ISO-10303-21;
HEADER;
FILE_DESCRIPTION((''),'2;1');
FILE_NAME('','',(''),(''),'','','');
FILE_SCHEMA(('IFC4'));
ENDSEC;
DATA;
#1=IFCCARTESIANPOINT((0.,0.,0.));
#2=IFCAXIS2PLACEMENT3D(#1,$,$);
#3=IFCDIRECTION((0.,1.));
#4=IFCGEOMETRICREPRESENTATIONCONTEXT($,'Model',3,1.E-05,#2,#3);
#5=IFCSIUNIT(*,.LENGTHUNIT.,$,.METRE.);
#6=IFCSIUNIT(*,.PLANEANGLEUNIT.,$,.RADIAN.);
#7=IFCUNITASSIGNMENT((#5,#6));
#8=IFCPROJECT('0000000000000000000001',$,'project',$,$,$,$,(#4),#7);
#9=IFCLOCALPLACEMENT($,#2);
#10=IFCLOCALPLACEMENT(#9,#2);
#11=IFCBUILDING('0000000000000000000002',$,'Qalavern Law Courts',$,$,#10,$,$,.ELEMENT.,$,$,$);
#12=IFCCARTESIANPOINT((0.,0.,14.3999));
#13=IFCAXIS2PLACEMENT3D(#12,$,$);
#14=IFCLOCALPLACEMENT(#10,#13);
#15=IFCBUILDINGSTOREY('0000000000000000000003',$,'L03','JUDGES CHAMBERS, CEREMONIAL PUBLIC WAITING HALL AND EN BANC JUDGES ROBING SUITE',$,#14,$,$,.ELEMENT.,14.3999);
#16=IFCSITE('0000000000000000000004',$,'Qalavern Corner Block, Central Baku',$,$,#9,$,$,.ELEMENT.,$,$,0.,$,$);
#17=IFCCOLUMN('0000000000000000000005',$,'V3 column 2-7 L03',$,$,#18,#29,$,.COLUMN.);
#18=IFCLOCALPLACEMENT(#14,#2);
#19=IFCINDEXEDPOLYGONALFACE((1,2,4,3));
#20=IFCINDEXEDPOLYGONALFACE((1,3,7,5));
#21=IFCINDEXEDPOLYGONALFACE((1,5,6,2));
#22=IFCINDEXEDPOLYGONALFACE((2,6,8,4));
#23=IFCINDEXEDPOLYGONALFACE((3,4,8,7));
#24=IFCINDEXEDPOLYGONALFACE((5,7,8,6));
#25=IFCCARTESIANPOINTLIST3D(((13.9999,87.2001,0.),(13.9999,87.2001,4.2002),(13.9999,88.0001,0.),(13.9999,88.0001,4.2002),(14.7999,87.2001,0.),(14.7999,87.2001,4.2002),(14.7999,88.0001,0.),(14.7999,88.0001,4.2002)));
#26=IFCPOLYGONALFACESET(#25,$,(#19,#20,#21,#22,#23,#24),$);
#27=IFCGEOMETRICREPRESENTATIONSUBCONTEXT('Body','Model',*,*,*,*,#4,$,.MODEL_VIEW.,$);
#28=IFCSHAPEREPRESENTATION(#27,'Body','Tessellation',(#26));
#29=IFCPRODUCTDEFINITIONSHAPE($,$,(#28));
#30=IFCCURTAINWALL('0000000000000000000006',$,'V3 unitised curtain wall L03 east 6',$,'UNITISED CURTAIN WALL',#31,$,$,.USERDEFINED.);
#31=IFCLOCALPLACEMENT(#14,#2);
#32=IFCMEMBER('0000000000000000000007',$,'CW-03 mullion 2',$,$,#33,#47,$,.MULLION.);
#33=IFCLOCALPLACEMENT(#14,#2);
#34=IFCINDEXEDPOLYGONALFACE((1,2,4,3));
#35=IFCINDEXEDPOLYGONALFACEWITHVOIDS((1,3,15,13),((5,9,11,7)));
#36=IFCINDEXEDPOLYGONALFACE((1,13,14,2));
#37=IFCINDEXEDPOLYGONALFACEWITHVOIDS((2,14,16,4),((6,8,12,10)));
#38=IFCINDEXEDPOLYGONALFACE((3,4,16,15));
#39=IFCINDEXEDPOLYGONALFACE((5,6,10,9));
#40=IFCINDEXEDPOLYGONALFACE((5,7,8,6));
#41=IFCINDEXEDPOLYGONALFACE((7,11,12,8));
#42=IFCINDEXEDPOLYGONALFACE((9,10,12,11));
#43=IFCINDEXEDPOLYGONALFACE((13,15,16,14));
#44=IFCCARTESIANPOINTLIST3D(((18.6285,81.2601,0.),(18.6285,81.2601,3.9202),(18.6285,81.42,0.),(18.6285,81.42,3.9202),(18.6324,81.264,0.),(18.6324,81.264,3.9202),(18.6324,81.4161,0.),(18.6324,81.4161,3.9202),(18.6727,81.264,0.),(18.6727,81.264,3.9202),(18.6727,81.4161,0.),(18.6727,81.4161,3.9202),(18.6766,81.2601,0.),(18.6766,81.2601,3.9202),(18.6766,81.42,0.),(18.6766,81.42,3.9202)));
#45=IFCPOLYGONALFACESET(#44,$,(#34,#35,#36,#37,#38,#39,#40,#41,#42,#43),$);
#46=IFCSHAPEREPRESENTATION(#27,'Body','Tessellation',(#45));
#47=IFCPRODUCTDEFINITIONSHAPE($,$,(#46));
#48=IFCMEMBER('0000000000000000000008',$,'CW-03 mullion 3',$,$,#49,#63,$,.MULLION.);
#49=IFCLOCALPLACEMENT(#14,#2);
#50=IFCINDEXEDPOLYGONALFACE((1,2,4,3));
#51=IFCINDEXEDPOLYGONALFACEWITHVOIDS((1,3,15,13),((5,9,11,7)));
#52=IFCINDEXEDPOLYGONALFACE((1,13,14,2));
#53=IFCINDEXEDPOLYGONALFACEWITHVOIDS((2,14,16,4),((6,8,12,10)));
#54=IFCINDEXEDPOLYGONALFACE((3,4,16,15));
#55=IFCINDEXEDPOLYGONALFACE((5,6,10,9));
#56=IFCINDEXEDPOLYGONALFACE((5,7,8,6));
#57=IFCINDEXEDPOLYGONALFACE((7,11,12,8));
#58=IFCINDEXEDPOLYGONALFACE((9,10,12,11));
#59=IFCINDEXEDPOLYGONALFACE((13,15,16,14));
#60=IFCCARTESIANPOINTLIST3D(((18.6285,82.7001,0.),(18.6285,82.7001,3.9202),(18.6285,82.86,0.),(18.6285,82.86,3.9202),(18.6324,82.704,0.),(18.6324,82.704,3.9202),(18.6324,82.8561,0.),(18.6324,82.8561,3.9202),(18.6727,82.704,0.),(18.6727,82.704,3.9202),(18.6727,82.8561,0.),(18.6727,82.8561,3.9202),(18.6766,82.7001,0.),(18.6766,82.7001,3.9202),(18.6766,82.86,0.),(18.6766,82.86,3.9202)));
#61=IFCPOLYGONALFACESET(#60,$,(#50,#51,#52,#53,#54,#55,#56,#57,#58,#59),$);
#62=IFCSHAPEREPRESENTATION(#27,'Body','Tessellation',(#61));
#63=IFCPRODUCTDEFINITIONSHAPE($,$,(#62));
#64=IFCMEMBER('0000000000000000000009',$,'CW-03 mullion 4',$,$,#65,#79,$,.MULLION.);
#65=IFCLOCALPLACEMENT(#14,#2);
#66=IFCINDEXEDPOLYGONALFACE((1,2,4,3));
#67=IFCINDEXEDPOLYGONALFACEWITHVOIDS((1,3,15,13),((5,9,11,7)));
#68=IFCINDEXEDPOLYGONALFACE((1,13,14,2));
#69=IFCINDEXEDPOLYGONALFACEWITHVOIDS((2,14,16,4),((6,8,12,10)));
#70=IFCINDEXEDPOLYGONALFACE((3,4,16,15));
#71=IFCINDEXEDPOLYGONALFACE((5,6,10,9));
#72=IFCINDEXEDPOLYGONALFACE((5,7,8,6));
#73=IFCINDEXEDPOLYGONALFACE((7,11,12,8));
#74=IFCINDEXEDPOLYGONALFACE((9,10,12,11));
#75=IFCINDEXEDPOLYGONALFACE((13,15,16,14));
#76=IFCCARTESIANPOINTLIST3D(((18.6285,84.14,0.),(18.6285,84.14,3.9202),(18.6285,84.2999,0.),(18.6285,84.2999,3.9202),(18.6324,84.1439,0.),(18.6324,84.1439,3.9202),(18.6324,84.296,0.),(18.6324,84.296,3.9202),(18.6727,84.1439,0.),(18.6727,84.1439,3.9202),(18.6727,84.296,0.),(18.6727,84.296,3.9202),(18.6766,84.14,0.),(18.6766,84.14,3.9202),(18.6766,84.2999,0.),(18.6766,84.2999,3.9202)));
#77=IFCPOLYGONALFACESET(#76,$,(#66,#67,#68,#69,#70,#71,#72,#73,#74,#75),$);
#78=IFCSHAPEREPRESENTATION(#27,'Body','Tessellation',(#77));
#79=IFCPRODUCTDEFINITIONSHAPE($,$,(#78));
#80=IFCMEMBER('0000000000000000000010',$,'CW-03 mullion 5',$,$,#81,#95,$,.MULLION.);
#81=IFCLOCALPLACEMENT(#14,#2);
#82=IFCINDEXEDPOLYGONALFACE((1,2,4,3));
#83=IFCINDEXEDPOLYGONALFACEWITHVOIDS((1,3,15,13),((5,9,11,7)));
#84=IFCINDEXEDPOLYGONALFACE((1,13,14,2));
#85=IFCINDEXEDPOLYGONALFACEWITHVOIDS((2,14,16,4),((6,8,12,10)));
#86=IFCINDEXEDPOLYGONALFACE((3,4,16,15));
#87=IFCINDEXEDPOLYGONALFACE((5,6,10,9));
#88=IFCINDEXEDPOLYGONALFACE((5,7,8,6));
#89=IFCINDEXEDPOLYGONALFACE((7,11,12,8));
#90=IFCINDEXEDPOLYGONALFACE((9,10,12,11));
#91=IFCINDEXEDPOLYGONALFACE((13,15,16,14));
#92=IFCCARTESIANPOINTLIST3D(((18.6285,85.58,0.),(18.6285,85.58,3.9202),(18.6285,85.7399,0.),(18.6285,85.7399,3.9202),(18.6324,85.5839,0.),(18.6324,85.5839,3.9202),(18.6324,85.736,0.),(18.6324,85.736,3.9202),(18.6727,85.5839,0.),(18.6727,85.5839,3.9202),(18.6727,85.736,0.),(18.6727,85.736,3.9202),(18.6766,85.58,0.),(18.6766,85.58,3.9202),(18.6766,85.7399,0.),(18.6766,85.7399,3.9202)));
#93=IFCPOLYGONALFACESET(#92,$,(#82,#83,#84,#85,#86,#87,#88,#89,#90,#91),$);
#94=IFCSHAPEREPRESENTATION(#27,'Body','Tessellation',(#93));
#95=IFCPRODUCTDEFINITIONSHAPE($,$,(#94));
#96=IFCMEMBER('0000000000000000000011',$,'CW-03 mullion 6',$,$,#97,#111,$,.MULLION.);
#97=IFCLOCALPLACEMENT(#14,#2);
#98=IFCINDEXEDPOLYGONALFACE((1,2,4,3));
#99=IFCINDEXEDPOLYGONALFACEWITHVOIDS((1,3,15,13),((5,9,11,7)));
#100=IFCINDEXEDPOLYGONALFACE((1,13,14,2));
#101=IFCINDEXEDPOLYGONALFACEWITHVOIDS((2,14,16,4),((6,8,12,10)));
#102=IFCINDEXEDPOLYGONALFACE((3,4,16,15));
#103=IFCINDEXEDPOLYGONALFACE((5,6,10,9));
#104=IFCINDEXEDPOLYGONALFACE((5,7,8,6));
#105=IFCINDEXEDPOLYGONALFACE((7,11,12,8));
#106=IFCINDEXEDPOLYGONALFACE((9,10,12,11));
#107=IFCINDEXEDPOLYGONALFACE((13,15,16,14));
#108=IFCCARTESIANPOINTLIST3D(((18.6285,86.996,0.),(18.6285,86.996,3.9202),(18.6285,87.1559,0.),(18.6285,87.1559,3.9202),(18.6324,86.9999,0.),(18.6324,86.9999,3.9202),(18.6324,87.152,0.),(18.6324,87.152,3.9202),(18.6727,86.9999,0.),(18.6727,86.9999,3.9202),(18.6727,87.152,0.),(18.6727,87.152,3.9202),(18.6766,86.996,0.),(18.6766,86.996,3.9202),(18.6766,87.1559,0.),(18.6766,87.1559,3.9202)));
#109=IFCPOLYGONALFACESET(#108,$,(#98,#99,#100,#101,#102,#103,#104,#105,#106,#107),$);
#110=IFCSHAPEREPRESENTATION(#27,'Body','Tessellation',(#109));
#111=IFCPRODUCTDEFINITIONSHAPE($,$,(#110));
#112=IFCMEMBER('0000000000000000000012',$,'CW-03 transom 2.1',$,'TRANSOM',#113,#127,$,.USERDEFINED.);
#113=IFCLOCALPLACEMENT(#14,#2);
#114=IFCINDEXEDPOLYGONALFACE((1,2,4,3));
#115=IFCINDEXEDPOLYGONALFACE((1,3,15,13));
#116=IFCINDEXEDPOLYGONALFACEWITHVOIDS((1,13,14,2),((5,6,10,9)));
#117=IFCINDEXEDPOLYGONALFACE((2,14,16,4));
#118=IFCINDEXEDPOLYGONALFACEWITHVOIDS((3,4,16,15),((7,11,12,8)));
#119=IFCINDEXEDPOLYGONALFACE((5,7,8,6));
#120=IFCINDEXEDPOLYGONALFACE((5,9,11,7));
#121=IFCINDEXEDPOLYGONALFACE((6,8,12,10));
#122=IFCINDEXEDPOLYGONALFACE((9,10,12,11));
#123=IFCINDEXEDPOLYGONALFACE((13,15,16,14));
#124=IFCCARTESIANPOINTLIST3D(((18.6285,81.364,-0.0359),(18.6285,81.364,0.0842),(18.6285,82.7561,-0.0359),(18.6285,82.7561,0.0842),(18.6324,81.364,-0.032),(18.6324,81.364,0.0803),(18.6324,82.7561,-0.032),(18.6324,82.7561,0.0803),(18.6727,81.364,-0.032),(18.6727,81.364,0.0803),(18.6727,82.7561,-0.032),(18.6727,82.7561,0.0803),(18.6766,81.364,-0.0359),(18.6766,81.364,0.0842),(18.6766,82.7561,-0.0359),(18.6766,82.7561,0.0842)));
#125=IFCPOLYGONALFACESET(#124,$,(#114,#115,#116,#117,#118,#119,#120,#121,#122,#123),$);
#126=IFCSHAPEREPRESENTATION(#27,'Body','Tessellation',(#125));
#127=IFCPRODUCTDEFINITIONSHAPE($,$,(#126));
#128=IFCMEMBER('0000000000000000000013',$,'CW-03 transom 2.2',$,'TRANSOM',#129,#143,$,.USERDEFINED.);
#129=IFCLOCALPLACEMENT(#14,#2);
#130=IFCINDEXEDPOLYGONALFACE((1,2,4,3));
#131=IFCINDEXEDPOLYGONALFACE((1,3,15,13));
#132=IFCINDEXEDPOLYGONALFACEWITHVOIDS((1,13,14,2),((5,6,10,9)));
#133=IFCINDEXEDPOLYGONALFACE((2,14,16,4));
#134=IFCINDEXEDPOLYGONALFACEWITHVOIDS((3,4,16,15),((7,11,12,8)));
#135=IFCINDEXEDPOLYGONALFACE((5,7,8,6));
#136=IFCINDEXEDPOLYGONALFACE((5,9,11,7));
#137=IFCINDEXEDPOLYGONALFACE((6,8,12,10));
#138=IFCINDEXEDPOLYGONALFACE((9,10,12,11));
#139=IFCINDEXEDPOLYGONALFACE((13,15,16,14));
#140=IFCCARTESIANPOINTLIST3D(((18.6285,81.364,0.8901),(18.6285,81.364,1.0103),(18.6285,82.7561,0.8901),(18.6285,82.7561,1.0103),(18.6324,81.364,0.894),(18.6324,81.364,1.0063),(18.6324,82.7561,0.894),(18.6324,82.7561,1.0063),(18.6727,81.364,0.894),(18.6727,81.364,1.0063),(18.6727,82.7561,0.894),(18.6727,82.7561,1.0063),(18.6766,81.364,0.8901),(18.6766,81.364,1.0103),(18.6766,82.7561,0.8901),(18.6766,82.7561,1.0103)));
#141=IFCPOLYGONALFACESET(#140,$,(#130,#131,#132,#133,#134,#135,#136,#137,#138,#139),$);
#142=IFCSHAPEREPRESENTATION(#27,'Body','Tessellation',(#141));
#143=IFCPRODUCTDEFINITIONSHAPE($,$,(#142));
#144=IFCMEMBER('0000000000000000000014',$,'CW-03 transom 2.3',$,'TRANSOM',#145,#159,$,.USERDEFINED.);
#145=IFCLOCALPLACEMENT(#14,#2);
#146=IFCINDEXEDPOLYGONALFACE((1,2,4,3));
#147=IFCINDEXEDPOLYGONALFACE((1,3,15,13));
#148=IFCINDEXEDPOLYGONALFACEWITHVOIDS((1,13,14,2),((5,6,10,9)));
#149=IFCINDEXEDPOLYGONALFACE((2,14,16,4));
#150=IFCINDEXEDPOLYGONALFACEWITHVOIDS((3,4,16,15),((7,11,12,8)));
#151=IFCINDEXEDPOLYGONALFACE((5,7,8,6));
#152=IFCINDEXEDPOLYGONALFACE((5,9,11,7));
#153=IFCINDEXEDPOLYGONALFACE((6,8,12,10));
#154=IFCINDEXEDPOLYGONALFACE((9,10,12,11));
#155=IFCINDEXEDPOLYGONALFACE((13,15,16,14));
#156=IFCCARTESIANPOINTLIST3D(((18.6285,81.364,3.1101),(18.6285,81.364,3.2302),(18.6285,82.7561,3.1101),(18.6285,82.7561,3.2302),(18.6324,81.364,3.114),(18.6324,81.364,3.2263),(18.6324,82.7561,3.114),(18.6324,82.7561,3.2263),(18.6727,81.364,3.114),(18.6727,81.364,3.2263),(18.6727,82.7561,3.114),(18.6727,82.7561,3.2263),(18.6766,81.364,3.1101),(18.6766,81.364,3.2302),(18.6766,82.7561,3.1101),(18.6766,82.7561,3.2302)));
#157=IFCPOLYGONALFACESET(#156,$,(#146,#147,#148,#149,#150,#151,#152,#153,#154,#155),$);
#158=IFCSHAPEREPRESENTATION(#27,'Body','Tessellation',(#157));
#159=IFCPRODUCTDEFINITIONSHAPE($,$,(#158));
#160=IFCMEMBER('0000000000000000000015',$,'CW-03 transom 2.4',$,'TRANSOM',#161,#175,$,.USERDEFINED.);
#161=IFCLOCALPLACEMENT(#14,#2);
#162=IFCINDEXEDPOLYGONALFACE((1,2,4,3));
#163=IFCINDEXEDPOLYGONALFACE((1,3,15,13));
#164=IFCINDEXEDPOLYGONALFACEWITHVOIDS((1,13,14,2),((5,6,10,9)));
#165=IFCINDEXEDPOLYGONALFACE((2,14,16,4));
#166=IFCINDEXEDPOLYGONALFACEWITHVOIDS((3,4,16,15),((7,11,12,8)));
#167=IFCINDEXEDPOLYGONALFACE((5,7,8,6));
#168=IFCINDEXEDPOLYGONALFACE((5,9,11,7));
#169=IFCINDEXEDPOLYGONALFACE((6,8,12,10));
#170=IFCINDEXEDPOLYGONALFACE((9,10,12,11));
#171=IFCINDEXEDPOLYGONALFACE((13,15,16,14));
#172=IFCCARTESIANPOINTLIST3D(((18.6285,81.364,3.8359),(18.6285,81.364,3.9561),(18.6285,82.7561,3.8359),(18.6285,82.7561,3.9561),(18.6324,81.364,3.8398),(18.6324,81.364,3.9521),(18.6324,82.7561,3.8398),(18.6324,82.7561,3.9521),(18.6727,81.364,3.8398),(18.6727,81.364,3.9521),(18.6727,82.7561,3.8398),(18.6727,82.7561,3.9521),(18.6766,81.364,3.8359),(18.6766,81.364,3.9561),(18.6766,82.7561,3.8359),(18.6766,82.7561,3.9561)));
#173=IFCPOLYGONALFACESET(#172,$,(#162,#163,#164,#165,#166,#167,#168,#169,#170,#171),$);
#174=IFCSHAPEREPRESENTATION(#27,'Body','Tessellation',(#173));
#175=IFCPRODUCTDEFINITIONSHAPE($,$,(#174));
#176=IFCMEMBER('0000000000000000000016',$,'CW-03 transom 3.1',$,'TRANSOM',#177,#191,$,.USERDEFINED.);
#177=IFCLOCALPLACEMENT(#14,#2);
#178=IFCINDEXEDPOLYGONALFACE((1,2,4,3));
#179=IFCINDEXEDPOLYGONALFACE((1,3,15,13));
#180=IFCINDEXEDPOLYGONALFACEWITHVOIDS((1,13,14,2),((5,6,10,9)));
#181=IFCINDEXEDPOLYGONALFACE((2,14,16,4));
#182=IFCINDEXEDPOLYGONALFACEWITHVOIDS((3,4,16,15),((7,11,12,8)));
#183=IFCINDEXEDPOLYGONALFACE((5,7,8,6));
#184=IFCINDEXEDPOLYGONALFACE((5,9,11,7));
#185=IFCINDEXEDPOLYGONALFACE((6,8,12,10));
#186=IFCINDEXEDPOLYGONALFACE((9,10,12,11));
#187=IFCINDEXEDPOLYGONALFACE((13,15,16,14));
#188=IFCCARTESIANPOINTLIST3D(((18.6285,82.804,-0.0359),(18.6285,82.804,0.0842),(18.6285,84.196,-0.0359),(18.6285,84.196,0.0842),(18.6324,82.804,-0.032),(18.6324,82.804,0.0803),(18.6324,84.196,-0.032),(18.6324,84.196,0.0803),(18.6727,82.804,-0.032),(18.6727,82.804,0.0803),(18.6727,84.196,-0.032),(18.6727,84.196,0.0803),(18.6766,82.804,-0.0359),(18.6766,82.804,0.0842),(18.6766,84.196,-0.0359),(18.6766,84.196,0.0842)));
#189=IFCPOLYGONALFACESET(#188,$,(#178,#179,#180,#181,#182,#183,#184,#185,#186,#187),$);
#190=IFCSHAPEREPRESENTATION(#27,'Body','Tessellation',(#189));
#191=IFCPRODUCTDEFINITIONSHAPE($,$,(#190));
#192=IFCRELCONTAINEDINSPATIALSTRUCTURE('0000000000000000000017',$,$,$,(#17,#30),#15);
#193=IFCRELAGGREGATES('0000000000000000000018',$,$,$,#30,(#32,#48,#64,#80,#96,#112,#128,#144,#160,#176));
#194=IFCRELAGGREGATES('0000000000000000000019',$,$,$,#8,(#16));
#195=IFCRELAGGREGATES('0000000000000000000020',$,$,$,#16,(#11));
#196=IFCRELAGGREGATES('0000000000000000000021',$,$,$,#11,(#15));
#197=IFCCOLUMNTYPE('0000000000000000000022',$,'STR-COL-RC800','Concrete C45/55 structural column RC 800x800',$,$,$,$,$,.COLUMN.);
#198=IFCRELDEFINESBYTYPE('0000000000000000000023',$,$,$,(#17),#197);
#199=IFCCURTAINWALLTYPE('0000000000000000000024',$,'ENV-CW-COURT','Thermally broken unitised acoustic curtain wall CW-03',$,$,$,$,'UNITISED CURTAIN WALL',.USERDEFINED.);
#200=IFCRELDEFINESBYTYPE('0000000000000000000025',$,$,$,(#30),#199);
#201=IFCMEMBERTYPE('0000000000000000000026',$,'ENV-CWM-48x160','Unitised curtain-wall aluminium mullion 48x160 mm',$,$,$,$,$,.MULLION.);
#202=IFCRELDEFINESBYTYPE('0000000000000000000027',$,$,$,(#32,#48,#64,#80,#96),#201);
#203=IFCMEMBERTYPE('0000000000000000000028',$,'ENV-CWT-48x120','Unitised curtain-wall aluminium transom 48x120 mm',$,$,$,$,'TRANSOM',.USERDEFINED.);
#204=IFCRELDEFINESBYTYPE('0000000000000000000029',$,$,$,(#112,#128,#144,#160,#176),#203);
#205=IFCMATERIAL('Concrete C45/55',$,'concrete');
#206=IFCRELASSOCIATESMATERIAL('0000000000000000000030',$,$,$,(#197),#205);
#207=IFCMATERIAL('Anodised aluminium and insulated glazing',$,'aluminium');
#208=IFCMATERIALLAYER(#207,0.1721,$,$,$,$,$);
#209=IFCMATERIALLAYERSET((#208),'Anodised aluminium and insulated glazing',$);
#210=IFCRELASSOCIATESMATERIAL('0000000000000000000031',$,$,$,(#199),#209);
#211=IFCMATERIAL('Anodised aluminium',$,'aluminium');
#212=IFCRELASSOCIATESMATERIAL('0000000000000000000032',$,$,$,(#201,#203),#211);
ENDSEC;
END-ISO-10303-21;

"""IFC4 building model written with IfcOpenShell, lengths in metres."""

from ifc_helpers import new_model, si_unit, direction, frame, origin, origin_2d, place, context, subcontext, project, spatial, rectangle, hollow_rectangle, extrude, material, layer, layer_set, material_profile, profile_set, type_object, element, aggregate, save


model = new_model("IFC4")

# Units and contexts
model_context = context("Model", 3, precision=1e-05, world=origin(), true_north=direction((0.0, 1.0)))
body_context = subcontext(model_context, "Body", "Model", "MODEL_VIEW")
ifc_project = project(units=[si_unit("LENGTHUNIT", "METRE"), si_unit("PLANEANGLEUNIT", "RADIAN")], contexts=[model_context])

# Site, building, storey
site_placement = place(None, origin())
site = spatial("IfcSite", under=ifc_project, at=site_placement, Name="Qalavern Corner Block, Central Baku", CompositionType="ELEMENT", RefElevation=0.0)
building_placement = place(site_placement, origin())
building = spatial("IfcBuilding", under=site, at=building_placement, Name="Qalavern Law Courts", CompositionType="ELEMENT")
storey_placement = place(building_placement, frame((0.0, 0.0, 14.3999)))
storey = spatial("IfcBuildingStorey", under=building, at=storey_placement, Name="L03", Description="JUDGES CHAMBERS, CEREMONIAL PUBLIC WAITING HALL AND EN BANC JUDGES ROBING SUITE", CompositionType="ELEMENT", Elevation=14.3999)

# Column
ifc_material_1 = material(Name="Concrete C45/55", Category="concrete")
ifc_material_profile_1 = material_profile(ifc_material_1, rectangle(XDim=0.8, YDim=0.8, at=origin_2d()), Name="RC 800x800")
ifc_profile_set_1 = profile_set([ifc_material_profile_1], Name="Concrete C45/55")
column_type = type_object("IfcColumnType", Name="STR-COL-RC800", Description="Concrete C45/55 structural column RC 800x800", PredefinedType="COLUMN", material=ifc_profile_set_1)
column_placement = place(storey_placement, frame((14.3999, 87.6001, 0.0), z_axis=(0.0, 0.0, 1.0), x_axis=(1.0, 0.0, 0.0)))
element("IfcColumn", 1, at=column_placement, inside=storey, type_object=column_type, Name="V3 column 2-7 L03", PredefinedType="COLUMN", context=body_context, shape_type="SweptSolid", body=[
    extrude(rectangle(XDim=0.8, YDim=0.8, at=origin_2d()), origin(), (0.0, 0.0, 1.0), 4.2002),
])

# Curtain wall, members
ifc_material_2 = material(Name="Anodised aluminium and insulated glazing", Category="aluminium")
ifc_layer_1 = layer(ifc_material_2, 0.1721)
ifc_layer_set_1 = layer_set([ifc_layer_1], Name="Anodised aluminium and insulated glazing")
curtain_wall_type = type_object("IfcCurtainWallType", Name="ENV-CW-COURT", Description="Thermally broken unitised acoustic curtain wall CW-03", ElementType="UNITISED CURTAIN WALL", PredefinedType="USERDEFINED", material=ifc_layer_set_1)
curtain_wall_placement = place(storey_placement, origin())
curtain_wall = element("IfcCurtainWall", 2, at=curtain_wall_placement, inside=storey, type_object=curtain_wall_type, Name="V3 unitised curtain wall L03 east 6", ObjectType="UNITISED CURTAIN WALL", PredefinedType="USERDEFINED")
ifc_material_3 = material(Name="Anodised aluminium", Category="aluminium")
ifc_material_profile_2 = material_profile(ifc_material_3, hollow_rectangle(XDim=0.0481, YDim=0.1599, WallThickness=0.0039, at=origin_2d()), Name="ALU MULLION 48x160")
ifc_profile_set_2 = profile_set([ifc_material_profile_2], Name="Anodised aluminium")
member_type_1 = type_object("IfcMemberType", Name="ENV-CWM-48x160", Description="Unitised curtain-wall aluminium mullion 48x160 mm", PredefinedType="MULLION", material=ifc_profile_set_2)
member_1_placement = place(storey_placement, frame((18.6526, 81.3401, 0.0), z_axis=(0.0, 0.0, 1.0), x_axis=(-1.0, 0.0, 0.0)))
member_1 = element("IfcMember", 3, at=member_1_placement, type_object=member_type_1, Name="CW-03 mullion 2", PredefinedType="MULLION", context=body_context, shape_type="SweptSolid", body=[
    extrude(hollow_rectangle(XDim=0.0481, YDim=0.1599, WallThickness=0.0039, at=origin_2d()), origin(), (0.0, 0.0, 1.0), 3.9202),
])
member_2_placement = place(storey_placement, frame((18.6526, 82.78, 0.0), z_axis=(0.0, 0.0, 1.0), x_axis=(-1.0, 0.0, 0.0)))
member_2 = element("IfcMember", 4, at=member_2_placement, type_object=member_type_1, Name="CW-03 mullion 3", PredefinedType="MULLION", context=body_context, shape_type="SweptSolid", body=[
    extrude(hollow_rectangle(XDim=0.0481, YDim=0.1599, WallThickness=0.0039, at=origin_2d()), origin(), (0.0, 0.0, 1.0), 3.9202),
])
member_3_placement = place(storey_placement, frame((18.6526, 84.22, 0.0), z_axis=(0.0, 0.0, 1.0), x_axis=(-1.0, 0.0, 0.0)))
member_3 = element("IfcMember", 5, at=member_3_placement, type_object=member_type_1, Name="CW-03 mullion 4", PredefinedType="MULLION", context=body_context, shape_type="SweptSolid", body=[
    extrude(hollow_rectangle(XDim=0.0481, YDim=0.1599, WallThickness=0.0039, at=origin_2d()), origin(), (0.0, 0.0, 1.0), 3.9202),
])
member_4_placement = place(storey_placement, frame((18.6526, 85.6599, 0.0), z_axis=(0.0, 0.0, 1.0), x_axis=(-1.0, 0.0, 0.0)))
member_4 = element("IfcMember", 6, at=member_4_placement, type_object=member_type_1, Name="CW-03 mullion 5", PredefinedType="MULLION", context=body_context, shape_type="SweptSolid", body=[
    extrude(hollow_rectangle(XDim=0.0481, YDim=0.1599, WallThickness=0.0039, at=origin_2d()), origin(), (0.0, 0.0, 1.0), 3.9202),
])
member_5_placement = place(storey_placement, frame((18.6526, 87.0759, 0.0), z_axis=(0.0, 0.0, 1.0), x_axis=(-1.0, 0.0, 0.0)))
member_5 = element("IfcMember", 7, at=member_5_placement, type_object=member_type_1, Name="CW-03 mullion 6", PredefinedType="MULLION", context=body_context, shape_type="SweptSolid", body=[
    extrude(hollow_rectangle(XDim=0.0481, YDim=0.1599, WallThickness=0.0039, at=origin_2d()), origin(), (0.0, 0.0, 1.0), 3.9202),
])
ifc_material_profile_3 = material_profile(ifc_material_3, hollow_rectangle(XDim=0.0481, YDim=0.1201, WallThickness=0.0039, at=origin_2d()), Name="ALU TRANSOM 48x120")
ifc_profile_set_3 = profile_set([ifc_material_profile_3], Name="Anodised aluminium")
member_type_2 = type_object("IfcMemberType", Name="ENV-CWT-48x120", Description="Unitised curtain-wall aluminium transom 48x120 mm", ElementType="TRANSOM", PredefinedType="USERDEFINED", material=ifc_profile_set_3)
member_6_placement = place(storey_placement, frame((18.6526, 81.364, 0.0242), z_axis=(0.0, 1.0, 0.0), x_axis=(-1.0, 0.0, 0.0)))
member_6 = element("IfcMember", 8, at=member_6_placement, type_object=member_type_2, Name="CW-03 transom 2.1", ObjectType="TRANSOM", PredefinedType="USERDEFINED", context=body_context, shape_type="SweptSolid", body=[
    extrude(hollow_rectangle(XDim=0.0481, YDim=0.1201, WallThickness=0.0039, at=origin_2d()), origin(), (0.0, 0.0, 1.0), 1.3921),
])
member_7_placement = place(storey_placement, frame((18.6526, 81.364, 0.9502), z_axis=(0.0, 1.0, 0.0), x_axis=(-1.0, 0.0, 0.0)))
member_7 = element("IfcMember", 9, at=member_7_placement, type_object=member_type_2, Name="CW-03 transom 2.2", ObjectType="TRANSOM", PredefinedType="USERDEFINED", context=body_context, shape_type="SweptSolid", body=[
    extrude(hollow_rectangle(XDim=0.0481, YDim=0.1201, WallThickness=0.0039, at=origin_2d()), origin(), (0.0, 0.0, 1.0), 1.3921),
])
member_8_placement = place(storey_placement, frame((18.6526, 81.364, 3.1702), z_axis=(0.0, 1.0, 0.0), x_axis=(-1.0, 0.0, 0.0)))
member_8 = element("IfcMember", 10, at=member_8_placement, type_object=member_type_2, Name="CW-03 transom 2.3", ObjectType="TRANSOM", PredefinedType="USERDEFINED", context=body_context, shape_type="SweptSolid", body=[
    extrude(hollow_rectangle(XDim=0.0481, YDim=0.1201, WallThickness=0.0039, at=origin_2d()), origin(), (0.0, 0.0, 1.0), 1.3921),
])
member_9_placement = place(storey_placement, frame((18.6526, 81.364, 3.896), z_axis=(0.0, 1.0, 0.0), x_axis=(-1.0, 0.0, 0.0)))
member_9 = element("IfcMember", 11, at=member_9_placement, type_object=member_type_2, Name="CW-03 transom 2.4", ObjectType="TRANSOM", PredefinedType="USERDEFINED", context=body_context, shape_type="SweptSolid", body=[
    extrude(hollow_rectangle(XDim=0.0481, YDim=0.1201, WallThickness=0.0039, at=origin_2d()), origin(), (0.0, 0.0, 1.0), 1.3921),
])
member_10_placement = place(storey_placement, frame((18.6526, 82.804, 0.0242), z_axis=(0.0, 1.0, 0.0), x_axis=(-1.0, 0.0, 0.0)))
member_10 = element("IfcMember", 12, at=member_10_placement, type_object=member_type_2, Name="CW-03 transom 3.1", ObjectType="TRANSOM", PredefinedType="USERDEFINED", context=body_context, shape_type="SweptSolid", body=[
    extrude(hollow_rectangle(XDim=0.0481, YDim=0.1201, WallThickness=0.0039, at=origin_2d()), origin(), (0.0, 0.0, 1.0), 1.3921),
])

aggregate(curtain_wall, [member_1, member_2, member_3, member_4, member_5, member_6, member_7, member_8, member_9, member_10])

save(model, "model.ifc")
